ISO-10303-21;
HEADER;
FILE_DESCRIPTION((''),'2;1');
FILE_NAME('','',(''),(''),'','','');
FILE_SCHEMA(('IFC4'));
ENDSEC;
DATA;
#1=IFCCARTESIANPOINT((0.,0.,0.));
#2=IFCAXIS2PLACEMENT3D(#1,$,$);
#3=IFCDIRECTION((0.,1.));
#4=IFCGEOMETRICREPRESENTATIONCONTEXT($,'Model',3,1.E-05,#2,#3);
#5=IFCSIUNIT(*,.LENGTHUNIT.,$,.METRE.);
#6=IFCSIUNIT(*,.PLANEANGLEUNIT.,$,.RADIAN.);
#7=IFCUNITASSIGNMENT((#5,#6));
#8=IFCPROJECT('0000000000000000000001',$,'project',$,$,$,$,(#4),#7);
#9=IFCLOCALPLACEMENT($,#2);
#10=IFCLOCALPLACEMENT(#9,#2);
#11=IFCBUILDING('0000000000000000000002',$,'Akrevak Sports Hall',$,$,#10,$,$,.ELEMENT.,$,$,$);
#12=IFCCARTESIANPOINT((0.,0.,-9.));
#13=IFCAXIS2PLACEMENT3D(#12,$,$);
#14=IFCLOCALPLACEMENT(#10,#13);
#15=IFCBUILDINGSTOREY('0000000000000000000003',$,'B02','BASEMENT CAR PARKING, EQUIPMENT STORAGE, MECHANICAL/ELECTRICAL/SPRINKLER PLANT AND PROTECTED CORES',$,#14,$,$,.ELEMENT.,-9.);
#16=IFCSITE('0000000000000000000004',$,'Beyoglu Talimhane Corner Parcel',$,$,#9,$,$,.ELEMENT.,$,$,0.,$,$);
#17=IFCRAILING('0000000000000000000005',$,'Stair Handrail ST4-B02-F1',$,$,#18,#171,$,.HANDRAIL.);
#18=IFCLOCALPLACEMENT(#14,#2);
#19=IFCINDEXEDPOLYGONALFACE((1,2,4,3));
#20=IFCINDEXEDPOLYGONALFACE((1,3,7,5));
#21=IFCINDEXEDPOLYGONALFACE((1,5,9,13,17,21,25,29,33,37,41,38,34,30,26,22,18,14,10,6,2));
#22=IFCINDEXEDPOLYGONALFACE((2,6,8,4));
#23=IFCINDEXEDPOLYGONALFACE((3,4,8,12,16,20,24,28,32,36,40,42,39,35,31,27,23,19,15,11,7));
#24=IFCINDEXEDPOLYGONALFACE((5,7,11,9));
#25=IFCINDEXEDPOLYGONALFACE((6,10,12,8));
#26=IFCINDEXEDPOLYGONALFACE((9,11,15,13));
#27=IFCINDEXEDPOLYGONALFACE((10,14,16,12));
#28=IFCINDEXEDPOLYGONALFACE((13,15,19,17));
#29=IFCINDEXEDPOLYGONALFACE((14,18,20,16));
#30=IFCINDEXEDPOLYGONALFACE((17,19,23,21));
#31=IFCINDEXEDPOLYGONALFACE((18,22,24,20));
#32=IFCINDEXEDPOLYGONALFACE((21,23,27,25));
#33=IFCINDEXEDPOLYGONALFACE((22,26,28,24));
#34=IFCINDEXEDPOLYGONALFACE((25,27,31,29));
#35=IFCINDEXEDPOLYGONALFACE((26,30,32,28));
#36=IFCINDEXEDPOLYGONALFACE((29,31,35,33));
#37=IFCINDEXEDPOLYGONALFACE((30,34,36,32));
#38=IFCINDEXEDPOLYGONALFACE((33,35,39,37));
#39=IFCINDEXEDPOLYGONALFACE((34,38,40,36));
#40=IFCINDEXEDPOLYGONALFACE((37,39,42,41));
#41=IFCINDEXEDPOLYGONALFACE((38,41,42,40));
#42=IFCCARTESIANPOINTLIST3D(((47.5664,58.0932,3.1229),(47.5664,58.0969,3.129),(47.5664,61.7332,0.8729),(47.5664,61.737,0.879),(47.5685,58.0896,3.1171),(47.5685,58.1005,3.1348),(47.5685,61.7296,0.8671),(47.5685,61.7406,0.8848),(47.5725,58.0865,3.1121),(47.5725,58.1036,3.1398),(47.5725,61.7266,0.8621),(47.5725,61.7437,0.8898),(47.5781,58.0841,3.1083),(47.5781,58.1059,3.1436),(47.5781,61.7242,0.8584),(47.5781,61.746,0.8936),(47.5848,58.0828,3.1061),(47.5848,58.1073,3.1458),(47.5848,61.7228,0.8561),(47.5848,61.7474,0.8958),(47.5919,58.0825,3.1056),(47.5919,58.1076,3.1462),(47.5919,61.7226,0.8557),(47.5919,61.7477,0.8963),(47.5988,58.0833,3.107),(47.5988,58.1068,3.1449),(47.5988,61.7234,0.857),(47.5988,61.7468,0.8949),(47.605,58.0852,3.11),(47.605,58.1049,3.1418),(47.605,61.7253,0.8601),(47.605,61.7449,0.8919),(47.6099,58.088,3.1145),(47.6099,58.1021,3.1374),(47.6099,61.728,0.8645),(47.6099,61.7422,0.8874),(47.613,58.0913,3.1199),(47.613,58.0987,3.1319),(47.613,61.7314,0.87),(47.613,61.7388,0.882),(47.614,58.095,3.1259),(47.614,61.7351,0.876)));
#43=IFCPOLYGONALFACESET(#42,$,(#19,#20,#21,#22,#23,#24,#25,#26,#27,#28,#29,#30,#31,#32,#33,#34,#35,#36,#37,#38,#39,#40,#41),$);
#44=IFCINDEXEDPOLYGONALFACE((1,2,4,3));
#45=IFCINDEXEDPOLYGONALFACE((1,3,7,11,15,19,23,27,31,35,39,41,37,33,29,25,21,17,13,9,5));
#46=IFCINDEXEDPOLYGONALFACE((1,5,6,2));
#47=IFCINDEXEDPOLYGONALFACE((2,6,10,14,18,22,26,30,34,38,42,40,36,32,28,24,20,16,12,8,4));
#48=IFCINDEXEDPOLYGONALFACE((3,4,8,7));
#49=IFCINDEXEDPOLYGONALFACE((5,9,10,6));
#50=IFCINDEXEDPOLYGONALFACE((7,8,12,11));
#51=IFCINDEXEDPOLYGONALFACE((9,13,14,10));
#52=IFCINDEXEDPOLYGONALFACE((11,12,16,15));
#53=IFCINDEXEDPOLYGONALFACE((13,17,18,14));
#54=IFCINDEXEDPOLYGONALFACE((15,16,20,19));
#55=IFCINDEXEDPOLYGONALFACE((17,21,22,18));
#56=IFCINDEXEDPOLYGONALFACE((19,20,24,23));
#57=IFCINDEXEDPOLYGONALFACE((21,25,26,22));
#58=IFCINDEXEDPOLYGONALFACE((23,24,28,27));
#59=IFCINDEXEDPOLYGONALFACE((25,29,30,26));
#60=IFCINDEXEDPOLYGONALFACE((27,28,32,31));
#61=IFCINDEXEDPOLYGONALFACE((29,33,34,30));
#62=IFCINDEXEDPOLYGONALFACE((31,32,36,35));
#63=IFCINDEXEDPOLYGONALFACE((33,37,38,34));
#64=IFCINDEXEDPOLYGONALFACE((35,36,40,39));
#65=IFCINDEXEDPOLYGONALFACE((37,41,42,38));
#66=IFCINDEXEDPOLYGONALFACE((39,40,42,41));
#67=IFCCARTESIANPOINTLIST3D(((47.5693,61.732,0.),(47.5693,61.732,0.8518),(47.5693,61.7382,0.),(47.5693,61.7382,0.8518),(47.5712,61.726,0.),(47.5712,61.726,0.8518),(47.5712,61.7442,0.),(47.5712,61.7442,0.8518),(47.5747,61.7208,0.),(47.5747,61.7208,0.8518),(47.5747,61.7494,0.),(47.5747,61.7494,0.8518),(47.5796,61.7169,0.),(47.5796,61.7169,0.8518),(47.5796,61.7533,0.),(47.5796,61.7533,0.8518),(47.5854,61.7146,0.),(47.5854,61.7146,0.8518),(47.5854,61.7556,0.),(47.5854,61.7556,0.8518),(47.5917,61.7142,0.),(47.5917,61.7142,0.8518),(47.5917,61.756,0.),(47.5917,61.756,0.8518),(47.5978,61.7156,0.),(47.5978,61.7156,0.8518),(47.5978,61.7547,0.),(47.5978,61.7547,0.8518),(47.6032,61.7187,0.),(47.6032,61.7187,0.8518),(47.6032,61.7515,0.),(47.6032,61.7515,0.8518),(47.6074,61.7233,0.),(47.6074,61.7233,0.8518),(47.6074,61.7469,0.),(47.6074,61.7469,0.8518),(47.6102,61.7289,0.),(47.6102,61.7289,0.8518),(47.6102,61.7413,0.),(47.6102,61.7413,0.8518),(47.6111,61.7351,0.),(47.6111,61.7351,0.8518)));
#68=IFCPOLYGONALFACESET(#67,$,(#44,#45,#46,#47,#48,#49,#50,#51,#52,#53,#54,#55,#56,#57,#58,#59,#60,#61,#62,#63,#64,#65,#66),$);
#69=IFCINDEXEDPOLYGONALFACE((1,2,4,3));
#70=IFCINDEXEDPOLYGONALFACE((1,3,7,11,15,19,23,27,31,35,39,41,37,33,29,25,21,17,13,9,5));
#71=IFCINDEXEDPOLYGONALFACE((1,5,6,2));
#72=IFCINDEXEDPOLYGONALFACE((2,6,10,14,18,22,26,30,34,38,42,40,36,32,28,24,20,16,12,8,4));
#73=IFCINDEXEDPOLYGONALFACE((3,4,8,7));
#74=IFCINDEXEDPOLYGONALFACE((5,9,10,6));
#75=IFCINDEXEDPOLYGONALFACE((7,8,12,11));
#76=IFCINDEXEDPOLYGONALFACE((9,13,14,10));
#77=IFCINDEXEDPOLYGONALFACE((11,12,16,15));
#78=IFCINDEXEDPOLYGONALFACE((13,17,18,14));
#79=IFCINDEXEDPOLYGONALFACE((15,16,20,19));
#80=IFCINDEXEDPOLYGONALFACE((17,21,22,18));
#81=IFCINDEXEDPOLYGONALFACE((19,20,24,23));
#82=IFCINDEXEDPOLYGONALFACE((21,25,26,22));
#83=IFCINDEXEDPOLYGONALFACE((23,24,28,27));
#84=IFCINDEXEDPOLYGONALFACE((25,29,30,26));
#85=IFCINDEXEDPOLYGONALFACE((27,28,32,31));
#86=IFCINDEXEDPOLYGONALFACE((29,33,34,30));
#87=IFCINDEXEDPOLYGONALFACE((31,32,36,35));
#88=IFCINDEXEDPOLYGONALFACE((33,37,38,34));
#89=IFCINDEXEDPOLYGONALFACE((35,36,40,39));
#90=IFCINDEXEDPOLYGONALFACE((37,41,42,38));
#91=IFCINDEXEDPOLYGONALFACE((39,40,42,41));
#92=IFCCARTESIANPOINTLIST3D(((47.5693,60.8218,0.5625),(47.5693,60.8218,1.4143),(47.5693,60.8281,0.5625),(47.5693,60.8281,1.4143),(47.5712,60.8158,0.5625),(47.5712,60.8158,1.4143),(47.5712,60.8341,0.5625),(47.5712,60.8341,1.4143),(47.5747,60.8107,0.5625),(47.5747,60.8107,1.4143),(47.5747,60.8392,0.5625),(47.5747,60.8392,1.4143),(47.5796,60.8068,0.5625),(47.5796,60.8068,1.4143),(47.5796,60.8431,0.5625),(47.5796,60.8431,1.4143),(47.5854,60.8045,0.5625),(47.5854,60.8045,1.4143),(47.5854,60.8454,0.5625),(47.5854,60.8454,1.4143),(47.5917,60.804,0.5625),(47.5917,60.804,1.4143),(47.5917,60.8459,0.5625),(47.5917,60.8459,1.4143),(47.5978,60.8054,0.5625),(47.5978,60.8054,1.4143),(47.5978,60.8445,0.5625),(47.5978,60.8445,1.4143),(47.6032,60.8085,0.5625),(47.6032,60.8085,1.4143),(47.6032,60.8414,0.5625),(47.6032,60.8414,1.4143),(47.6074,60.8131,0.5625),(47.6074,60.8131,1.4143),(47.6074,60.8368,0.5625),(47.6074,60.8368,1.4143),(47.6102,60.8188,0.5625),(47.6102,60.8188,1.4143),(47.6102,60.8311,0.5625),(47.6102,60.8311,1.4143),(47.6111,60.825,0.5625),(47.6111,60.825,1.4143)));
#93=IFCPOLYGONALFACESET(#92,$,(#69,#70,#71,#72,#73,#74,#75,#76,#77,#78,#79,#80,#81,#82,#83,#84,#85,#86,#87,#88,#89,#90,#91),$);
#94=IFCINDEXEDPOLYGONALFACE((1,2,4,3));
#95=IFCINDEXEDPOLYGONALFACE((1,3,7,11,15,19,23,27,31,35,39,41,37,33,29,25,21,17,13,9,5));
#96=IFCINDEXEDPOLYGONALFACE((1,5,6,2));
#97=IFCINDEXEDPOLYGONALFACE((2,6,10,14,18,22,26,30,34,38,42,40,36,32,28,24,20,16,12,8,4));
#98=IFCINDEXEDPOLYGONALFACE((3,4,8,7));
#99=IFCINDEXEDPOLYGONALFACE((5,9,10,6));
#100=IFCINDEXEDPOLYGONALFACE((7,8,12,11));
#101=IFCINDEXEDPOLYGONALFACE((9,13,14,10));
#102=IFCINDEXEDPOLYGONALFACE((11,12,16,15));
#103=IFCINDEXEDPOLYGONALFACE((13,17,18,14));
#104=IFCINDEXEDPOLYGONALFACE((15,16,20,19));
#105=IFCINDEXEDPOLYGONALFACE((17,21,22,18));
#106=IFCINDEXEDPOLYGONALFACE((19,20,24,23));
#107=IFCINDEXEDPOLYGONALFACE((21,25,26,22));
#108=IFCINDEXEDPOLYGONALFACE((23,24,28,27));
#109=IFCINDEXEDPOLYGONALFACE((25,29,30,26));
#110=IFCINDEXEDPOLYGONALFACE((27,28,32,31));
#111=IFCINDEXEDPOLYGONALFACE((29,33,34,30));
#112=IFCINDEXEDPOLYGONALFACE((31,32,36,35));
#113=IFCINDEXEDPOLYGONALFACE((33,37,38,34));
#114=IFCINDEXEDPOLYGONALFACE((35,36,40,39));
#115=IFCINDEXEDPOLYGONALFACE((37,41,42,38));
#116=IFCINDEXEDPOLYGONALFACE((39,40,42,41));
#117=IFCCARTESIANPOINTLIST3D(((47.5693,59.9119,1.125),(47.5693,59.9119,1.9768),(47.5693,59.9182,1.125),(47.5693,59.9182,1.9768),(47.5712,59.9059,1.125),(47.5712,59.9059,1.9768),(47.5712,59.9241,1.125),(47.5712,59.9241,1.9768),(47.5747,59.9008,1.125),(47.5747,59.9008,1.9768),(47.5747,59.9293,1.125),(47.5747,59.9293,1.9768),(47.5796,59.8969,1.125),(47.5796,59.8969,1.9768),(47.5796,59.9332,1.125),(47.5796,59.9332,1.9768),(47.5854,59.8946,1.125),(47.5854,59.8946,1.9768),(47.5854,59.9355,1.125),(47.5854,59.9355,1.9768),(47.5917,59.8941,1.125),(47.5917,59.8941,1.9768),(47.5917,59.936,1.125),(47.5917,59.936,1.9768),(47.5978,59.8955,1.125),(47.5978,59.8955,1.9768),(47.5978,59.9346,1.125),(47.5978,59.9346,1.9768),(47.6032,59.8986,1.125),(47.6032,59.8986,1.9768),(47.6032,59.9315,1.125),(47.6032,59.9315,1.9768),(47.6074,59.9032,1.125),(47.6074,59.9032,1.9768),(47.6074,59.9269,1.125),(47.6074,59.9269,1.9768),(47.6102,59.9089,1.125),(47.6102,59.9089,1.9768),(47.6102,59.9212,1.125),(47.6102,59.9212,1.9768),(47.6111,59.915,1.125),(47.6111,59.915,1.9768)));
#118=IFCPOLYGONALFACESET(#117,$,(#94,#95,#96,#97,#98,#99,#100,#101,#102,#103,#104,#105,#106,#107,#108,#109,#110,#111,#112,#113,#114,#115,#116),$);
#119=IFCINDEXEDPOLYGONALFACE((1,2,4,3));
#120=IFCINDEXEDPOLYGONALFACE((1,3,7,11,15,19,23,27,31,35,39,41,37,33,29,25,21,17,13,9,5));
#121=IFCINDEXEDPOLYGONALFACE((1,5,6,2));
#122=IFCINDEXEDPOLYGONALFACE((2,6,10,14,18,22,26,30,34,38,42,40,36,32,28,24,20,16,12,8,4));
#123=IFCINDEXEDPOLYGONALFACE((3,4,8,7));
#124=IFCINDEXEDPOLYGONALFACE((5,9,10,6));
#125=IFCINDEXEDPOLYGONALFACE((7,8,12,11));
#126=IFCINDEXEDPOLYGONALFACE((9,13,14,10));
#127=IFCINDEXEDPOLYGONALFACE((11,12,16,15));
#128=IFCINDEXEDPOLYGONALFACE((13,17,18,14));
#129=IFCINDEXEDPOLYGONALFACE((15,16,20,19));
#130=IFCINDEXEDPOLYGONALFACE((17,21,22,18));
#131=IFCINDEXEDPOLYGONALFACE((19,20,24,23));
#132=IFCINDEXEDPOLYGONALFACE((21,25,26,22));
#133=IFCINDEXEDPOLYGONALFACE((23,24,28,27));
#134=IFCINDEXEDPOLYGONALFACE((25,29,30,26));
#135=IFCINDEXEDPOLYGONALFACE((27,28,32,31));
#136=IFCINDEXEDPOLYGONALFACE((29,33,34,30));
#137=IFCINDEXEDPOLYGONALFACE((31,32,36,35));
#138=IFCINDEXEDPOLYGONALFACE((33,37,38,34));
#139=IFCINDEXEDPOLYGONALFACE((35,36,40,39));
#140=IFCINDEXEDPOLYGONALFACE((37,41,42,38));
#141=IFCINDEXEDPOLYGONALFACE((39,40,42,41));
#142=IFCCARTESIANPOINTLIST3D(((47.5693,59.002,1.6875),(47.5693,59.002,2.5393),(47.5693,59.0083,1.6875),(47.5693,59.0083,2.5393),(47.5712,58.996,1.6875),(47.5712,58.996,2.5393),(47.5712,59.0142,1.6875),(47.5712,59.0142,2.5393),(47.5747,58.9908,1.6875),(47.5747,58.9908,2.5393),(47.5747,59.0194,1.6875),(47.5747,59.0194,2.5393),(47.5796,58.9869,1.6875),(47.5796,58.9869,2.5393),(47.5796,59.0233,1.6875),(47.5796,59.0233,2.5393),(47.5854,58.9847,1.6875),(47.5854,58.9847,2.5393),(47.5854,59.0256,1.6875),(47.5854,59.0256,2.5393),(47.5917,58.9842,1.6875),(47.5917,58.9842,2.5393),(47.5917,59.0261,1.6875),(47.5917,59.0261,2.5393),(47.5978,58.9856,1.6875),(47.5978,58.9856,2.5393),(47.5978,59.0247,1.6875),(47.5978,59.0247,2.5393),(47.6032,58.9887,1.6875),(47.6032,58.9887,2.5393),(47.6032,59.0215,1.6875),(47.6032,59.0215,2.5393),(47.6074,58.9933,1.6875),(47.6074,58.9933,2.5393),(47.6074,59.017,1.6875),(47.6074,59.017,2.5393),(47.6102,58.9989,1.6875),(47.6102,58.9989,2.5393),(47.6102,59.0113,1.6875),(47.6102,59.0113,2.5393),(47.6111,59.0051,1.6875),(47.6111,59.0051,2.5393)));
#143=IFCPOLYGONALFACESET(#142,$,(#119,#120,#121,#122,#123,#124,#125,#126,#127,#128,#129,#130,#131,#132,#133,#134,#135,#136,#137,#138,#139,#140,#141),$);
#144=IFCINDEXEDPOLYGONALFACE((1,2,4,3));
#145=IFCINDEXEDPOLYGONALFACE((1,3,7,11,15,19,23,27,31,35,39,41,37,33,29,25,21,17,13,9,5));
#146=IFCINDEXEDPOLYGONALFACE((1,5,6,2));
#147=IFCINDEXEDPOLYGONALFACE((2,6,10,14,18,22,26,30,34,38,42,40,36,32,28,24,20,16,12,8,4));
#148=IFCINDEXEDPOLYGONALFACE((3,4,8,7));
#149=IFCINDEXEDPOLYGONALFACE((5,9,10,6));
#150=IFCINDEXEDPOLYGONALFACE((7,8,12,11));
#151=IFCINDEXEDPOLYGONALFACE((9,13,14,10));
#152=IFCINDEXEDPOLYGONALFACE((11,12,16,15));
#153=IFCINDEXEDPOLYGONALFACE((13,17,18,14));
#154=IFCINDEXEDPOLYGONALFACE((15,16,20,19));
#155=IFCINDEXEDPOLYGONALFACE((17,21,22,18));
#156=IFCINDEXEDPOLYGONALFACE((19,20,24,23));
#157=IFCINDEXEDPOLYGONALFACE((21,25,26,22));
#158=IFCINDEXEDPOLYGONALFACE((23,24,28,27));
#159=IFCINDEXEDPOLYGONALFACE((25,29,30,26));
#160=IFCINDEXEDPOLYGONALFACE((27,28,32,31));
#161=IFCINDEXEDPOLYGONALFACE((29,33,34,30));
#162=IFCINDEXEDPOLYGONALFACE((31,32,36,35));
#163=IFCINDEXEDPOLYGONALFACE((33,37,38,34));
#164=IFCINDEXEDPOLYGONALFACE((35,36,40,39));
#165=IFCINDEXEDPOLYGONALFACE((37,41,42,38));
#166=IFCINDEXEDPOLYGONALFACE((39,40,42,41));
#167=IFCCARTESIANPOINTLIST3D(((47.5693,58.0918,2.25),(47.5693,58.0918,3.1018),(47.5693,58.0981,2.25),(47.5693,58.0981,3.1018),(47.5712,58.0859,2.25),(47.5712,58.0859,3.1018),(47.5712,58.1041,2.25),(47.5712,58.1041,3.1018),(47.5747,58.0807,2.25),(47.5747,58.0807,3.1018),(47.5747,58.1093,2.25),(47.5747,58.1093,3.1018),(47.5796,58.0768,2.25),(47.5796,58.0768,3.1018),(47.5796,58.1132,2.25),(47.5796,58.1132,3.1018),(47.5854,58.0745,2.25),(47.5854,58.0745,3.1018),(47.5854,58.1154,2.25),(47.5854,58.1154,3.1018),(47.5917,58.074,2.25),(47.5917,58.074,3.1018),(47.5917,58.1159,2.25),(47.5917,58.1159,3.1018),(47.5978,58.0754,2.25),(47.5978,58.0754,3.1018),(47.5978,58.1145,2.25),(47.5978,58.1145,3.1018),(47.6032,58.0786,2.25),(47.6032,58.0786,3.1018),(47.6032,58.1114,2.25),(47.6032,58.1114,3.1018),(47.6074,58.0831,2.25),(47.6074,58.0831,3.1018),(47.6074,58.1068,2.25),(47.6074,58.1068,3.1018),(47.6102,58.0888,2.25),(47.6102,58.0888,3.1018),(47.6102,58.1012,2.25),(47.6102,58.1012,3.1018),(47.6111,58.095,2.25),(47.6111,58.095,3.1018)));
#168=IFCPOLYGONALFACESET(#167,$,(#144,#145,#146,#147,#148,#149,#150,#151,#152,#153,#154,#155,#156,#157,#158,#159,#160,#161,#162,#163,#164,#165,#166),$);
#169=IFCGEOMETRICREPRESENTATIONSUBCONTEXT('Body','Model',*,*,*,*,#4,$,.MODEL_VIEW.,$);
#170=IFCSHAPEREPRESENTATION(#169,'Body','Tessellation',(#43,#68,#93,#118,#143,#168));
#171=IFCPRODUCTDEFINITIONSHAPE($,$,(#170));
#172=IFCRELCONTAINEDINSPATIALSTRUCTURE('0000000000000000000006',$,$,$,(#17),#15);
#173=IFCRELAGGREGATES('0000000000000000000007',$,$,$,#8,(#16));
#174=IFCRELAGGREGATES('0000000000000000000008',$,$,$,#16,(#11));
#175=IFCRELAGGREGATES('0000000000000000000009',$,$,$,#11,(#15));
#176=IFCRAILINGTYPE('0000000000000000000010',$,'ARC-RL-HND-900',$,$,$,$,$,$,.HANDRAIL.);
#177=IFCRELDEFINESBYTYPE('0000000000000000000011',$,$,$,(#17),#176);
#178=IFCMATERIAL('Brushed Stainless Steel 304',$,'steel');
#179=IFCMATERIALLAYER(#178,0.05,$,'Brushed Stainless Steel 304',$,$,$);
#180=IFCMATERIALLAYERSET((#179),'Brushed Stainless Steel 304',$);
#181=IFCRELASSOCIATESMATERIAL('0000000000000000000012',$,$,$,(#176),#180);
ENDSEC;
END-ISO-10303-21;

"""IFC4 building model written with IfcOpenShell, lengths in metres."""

from ifc_helpers import new_model, si_unit, direction, frame, origin, origin_2d, place, context, subcontext, project, spatial, circle, extrude, material, layer, layer_set, type_object, element, save


model = new_model("IFC4")

# Units and contexts
model_context = context("Model", 3, precision=1e-05, world=origin(), true_north=direction((0.0, 1.0)))
body_context = subcontext(model_context, "Body", "Model", "MODEL_VIEW")
ifc_project = project(units=[si_unit("LENGTHUNIT", "METRE"), si_unit("PLANEANGLEUNIT", "RADIAN")], contexts=[model_context])

# Site, building, storey
site_placement = place(None, origin())
site = spatial("IfcSite", under=ifc_project, at=site_placement, Name="Beyoglu Talimhane Corner Parcel", CompositionType="ELEMENT", RefElevation=0.0)
building_placement = place(site_placement, origin())
building = spatial("IfcBuilding", under=site, at=building_placement, Name="Akrevak Sports Hall", CompositionType="ELEMENT")
storey_placement = place(building_placement, frame((0.0, 0.0, -9.0)))
storey = spatial("IfcBuildingStorey", under=building, at=storey_placement, Name="B02", Description="BASEMENT CAR PARKING, EQUIPMENT STORAGE, MECHANICAL/ELECTRICAL/SPRINKLER PLANT AND PROTECTED CORES", CompositionType="ELEMENT", Elevation=-9.0)

# Railing
ifc_material_1 = material(Name="Brushed Stainless Steel 304", Category="steel")
ifc_layer_1 = layer(ifc_material_1, 0.05, Name="Brushed Stainless Steel 304")
ifc_layer_set_1 = layer_set([ifc_layer_1], Name="Brushed Stainless Steel 304")
railing_type_1 = type_object("IfcRailingType", Name="ARC-RL-HND-900", PredefinedType="HANDRAIL", material=ifc_layer_set_1)
railing_1_placement = place(storey_placement, frame((47.5901, 61.7351, 0.0)))
element("IfcRailing", 1, at=railing_1_placement, inside=storey, type_object=railing_type_1, Name="Stair Handrail ST4-B02-F1", PredefinedType="HANDRAIL", context=body_context, shape_type="SweptSolid", body=[
    extrude(circle(Radius=0.0239, at=origin_2d()), frame((0.0, 0.0, 0.876), z_axis=(0.0, -0.850622, 0.525777), x_axis=(1.0, 0.0, 0.0)), (0.0, 0.0, 1.0), 4.2793),
    extrude(circle(Radius=0.021, at=origin_2d()), origin(), (0.0, 0.0, 1.0), 0.8518),
    extrude(circle(Radius=0.021, at=origin_2d()), frame((0.0, -0.9102, 0.5625)), (0.0, 0.0, 1.0), 0.8518),
    extrude(circle(Radius=0.021, at=origin_2d()), frame((0.0, -1.8201, 1.125)), (0.0, 0.0, 1.0), 0.8518),
    extrude(circle(Radius=0.021, at=origin_2d()), frame((0.0, -2.73, 1.6875)), (0.0, 0.0, 1.0), 0.8518),
    extrude(circle(Radius=0.021, at=origin_2d()), frame((0.0, -3.6401, 2.25)), (0.0, 0.0, 1.0), 0.8518),
])

save(model, "model.ifc")
